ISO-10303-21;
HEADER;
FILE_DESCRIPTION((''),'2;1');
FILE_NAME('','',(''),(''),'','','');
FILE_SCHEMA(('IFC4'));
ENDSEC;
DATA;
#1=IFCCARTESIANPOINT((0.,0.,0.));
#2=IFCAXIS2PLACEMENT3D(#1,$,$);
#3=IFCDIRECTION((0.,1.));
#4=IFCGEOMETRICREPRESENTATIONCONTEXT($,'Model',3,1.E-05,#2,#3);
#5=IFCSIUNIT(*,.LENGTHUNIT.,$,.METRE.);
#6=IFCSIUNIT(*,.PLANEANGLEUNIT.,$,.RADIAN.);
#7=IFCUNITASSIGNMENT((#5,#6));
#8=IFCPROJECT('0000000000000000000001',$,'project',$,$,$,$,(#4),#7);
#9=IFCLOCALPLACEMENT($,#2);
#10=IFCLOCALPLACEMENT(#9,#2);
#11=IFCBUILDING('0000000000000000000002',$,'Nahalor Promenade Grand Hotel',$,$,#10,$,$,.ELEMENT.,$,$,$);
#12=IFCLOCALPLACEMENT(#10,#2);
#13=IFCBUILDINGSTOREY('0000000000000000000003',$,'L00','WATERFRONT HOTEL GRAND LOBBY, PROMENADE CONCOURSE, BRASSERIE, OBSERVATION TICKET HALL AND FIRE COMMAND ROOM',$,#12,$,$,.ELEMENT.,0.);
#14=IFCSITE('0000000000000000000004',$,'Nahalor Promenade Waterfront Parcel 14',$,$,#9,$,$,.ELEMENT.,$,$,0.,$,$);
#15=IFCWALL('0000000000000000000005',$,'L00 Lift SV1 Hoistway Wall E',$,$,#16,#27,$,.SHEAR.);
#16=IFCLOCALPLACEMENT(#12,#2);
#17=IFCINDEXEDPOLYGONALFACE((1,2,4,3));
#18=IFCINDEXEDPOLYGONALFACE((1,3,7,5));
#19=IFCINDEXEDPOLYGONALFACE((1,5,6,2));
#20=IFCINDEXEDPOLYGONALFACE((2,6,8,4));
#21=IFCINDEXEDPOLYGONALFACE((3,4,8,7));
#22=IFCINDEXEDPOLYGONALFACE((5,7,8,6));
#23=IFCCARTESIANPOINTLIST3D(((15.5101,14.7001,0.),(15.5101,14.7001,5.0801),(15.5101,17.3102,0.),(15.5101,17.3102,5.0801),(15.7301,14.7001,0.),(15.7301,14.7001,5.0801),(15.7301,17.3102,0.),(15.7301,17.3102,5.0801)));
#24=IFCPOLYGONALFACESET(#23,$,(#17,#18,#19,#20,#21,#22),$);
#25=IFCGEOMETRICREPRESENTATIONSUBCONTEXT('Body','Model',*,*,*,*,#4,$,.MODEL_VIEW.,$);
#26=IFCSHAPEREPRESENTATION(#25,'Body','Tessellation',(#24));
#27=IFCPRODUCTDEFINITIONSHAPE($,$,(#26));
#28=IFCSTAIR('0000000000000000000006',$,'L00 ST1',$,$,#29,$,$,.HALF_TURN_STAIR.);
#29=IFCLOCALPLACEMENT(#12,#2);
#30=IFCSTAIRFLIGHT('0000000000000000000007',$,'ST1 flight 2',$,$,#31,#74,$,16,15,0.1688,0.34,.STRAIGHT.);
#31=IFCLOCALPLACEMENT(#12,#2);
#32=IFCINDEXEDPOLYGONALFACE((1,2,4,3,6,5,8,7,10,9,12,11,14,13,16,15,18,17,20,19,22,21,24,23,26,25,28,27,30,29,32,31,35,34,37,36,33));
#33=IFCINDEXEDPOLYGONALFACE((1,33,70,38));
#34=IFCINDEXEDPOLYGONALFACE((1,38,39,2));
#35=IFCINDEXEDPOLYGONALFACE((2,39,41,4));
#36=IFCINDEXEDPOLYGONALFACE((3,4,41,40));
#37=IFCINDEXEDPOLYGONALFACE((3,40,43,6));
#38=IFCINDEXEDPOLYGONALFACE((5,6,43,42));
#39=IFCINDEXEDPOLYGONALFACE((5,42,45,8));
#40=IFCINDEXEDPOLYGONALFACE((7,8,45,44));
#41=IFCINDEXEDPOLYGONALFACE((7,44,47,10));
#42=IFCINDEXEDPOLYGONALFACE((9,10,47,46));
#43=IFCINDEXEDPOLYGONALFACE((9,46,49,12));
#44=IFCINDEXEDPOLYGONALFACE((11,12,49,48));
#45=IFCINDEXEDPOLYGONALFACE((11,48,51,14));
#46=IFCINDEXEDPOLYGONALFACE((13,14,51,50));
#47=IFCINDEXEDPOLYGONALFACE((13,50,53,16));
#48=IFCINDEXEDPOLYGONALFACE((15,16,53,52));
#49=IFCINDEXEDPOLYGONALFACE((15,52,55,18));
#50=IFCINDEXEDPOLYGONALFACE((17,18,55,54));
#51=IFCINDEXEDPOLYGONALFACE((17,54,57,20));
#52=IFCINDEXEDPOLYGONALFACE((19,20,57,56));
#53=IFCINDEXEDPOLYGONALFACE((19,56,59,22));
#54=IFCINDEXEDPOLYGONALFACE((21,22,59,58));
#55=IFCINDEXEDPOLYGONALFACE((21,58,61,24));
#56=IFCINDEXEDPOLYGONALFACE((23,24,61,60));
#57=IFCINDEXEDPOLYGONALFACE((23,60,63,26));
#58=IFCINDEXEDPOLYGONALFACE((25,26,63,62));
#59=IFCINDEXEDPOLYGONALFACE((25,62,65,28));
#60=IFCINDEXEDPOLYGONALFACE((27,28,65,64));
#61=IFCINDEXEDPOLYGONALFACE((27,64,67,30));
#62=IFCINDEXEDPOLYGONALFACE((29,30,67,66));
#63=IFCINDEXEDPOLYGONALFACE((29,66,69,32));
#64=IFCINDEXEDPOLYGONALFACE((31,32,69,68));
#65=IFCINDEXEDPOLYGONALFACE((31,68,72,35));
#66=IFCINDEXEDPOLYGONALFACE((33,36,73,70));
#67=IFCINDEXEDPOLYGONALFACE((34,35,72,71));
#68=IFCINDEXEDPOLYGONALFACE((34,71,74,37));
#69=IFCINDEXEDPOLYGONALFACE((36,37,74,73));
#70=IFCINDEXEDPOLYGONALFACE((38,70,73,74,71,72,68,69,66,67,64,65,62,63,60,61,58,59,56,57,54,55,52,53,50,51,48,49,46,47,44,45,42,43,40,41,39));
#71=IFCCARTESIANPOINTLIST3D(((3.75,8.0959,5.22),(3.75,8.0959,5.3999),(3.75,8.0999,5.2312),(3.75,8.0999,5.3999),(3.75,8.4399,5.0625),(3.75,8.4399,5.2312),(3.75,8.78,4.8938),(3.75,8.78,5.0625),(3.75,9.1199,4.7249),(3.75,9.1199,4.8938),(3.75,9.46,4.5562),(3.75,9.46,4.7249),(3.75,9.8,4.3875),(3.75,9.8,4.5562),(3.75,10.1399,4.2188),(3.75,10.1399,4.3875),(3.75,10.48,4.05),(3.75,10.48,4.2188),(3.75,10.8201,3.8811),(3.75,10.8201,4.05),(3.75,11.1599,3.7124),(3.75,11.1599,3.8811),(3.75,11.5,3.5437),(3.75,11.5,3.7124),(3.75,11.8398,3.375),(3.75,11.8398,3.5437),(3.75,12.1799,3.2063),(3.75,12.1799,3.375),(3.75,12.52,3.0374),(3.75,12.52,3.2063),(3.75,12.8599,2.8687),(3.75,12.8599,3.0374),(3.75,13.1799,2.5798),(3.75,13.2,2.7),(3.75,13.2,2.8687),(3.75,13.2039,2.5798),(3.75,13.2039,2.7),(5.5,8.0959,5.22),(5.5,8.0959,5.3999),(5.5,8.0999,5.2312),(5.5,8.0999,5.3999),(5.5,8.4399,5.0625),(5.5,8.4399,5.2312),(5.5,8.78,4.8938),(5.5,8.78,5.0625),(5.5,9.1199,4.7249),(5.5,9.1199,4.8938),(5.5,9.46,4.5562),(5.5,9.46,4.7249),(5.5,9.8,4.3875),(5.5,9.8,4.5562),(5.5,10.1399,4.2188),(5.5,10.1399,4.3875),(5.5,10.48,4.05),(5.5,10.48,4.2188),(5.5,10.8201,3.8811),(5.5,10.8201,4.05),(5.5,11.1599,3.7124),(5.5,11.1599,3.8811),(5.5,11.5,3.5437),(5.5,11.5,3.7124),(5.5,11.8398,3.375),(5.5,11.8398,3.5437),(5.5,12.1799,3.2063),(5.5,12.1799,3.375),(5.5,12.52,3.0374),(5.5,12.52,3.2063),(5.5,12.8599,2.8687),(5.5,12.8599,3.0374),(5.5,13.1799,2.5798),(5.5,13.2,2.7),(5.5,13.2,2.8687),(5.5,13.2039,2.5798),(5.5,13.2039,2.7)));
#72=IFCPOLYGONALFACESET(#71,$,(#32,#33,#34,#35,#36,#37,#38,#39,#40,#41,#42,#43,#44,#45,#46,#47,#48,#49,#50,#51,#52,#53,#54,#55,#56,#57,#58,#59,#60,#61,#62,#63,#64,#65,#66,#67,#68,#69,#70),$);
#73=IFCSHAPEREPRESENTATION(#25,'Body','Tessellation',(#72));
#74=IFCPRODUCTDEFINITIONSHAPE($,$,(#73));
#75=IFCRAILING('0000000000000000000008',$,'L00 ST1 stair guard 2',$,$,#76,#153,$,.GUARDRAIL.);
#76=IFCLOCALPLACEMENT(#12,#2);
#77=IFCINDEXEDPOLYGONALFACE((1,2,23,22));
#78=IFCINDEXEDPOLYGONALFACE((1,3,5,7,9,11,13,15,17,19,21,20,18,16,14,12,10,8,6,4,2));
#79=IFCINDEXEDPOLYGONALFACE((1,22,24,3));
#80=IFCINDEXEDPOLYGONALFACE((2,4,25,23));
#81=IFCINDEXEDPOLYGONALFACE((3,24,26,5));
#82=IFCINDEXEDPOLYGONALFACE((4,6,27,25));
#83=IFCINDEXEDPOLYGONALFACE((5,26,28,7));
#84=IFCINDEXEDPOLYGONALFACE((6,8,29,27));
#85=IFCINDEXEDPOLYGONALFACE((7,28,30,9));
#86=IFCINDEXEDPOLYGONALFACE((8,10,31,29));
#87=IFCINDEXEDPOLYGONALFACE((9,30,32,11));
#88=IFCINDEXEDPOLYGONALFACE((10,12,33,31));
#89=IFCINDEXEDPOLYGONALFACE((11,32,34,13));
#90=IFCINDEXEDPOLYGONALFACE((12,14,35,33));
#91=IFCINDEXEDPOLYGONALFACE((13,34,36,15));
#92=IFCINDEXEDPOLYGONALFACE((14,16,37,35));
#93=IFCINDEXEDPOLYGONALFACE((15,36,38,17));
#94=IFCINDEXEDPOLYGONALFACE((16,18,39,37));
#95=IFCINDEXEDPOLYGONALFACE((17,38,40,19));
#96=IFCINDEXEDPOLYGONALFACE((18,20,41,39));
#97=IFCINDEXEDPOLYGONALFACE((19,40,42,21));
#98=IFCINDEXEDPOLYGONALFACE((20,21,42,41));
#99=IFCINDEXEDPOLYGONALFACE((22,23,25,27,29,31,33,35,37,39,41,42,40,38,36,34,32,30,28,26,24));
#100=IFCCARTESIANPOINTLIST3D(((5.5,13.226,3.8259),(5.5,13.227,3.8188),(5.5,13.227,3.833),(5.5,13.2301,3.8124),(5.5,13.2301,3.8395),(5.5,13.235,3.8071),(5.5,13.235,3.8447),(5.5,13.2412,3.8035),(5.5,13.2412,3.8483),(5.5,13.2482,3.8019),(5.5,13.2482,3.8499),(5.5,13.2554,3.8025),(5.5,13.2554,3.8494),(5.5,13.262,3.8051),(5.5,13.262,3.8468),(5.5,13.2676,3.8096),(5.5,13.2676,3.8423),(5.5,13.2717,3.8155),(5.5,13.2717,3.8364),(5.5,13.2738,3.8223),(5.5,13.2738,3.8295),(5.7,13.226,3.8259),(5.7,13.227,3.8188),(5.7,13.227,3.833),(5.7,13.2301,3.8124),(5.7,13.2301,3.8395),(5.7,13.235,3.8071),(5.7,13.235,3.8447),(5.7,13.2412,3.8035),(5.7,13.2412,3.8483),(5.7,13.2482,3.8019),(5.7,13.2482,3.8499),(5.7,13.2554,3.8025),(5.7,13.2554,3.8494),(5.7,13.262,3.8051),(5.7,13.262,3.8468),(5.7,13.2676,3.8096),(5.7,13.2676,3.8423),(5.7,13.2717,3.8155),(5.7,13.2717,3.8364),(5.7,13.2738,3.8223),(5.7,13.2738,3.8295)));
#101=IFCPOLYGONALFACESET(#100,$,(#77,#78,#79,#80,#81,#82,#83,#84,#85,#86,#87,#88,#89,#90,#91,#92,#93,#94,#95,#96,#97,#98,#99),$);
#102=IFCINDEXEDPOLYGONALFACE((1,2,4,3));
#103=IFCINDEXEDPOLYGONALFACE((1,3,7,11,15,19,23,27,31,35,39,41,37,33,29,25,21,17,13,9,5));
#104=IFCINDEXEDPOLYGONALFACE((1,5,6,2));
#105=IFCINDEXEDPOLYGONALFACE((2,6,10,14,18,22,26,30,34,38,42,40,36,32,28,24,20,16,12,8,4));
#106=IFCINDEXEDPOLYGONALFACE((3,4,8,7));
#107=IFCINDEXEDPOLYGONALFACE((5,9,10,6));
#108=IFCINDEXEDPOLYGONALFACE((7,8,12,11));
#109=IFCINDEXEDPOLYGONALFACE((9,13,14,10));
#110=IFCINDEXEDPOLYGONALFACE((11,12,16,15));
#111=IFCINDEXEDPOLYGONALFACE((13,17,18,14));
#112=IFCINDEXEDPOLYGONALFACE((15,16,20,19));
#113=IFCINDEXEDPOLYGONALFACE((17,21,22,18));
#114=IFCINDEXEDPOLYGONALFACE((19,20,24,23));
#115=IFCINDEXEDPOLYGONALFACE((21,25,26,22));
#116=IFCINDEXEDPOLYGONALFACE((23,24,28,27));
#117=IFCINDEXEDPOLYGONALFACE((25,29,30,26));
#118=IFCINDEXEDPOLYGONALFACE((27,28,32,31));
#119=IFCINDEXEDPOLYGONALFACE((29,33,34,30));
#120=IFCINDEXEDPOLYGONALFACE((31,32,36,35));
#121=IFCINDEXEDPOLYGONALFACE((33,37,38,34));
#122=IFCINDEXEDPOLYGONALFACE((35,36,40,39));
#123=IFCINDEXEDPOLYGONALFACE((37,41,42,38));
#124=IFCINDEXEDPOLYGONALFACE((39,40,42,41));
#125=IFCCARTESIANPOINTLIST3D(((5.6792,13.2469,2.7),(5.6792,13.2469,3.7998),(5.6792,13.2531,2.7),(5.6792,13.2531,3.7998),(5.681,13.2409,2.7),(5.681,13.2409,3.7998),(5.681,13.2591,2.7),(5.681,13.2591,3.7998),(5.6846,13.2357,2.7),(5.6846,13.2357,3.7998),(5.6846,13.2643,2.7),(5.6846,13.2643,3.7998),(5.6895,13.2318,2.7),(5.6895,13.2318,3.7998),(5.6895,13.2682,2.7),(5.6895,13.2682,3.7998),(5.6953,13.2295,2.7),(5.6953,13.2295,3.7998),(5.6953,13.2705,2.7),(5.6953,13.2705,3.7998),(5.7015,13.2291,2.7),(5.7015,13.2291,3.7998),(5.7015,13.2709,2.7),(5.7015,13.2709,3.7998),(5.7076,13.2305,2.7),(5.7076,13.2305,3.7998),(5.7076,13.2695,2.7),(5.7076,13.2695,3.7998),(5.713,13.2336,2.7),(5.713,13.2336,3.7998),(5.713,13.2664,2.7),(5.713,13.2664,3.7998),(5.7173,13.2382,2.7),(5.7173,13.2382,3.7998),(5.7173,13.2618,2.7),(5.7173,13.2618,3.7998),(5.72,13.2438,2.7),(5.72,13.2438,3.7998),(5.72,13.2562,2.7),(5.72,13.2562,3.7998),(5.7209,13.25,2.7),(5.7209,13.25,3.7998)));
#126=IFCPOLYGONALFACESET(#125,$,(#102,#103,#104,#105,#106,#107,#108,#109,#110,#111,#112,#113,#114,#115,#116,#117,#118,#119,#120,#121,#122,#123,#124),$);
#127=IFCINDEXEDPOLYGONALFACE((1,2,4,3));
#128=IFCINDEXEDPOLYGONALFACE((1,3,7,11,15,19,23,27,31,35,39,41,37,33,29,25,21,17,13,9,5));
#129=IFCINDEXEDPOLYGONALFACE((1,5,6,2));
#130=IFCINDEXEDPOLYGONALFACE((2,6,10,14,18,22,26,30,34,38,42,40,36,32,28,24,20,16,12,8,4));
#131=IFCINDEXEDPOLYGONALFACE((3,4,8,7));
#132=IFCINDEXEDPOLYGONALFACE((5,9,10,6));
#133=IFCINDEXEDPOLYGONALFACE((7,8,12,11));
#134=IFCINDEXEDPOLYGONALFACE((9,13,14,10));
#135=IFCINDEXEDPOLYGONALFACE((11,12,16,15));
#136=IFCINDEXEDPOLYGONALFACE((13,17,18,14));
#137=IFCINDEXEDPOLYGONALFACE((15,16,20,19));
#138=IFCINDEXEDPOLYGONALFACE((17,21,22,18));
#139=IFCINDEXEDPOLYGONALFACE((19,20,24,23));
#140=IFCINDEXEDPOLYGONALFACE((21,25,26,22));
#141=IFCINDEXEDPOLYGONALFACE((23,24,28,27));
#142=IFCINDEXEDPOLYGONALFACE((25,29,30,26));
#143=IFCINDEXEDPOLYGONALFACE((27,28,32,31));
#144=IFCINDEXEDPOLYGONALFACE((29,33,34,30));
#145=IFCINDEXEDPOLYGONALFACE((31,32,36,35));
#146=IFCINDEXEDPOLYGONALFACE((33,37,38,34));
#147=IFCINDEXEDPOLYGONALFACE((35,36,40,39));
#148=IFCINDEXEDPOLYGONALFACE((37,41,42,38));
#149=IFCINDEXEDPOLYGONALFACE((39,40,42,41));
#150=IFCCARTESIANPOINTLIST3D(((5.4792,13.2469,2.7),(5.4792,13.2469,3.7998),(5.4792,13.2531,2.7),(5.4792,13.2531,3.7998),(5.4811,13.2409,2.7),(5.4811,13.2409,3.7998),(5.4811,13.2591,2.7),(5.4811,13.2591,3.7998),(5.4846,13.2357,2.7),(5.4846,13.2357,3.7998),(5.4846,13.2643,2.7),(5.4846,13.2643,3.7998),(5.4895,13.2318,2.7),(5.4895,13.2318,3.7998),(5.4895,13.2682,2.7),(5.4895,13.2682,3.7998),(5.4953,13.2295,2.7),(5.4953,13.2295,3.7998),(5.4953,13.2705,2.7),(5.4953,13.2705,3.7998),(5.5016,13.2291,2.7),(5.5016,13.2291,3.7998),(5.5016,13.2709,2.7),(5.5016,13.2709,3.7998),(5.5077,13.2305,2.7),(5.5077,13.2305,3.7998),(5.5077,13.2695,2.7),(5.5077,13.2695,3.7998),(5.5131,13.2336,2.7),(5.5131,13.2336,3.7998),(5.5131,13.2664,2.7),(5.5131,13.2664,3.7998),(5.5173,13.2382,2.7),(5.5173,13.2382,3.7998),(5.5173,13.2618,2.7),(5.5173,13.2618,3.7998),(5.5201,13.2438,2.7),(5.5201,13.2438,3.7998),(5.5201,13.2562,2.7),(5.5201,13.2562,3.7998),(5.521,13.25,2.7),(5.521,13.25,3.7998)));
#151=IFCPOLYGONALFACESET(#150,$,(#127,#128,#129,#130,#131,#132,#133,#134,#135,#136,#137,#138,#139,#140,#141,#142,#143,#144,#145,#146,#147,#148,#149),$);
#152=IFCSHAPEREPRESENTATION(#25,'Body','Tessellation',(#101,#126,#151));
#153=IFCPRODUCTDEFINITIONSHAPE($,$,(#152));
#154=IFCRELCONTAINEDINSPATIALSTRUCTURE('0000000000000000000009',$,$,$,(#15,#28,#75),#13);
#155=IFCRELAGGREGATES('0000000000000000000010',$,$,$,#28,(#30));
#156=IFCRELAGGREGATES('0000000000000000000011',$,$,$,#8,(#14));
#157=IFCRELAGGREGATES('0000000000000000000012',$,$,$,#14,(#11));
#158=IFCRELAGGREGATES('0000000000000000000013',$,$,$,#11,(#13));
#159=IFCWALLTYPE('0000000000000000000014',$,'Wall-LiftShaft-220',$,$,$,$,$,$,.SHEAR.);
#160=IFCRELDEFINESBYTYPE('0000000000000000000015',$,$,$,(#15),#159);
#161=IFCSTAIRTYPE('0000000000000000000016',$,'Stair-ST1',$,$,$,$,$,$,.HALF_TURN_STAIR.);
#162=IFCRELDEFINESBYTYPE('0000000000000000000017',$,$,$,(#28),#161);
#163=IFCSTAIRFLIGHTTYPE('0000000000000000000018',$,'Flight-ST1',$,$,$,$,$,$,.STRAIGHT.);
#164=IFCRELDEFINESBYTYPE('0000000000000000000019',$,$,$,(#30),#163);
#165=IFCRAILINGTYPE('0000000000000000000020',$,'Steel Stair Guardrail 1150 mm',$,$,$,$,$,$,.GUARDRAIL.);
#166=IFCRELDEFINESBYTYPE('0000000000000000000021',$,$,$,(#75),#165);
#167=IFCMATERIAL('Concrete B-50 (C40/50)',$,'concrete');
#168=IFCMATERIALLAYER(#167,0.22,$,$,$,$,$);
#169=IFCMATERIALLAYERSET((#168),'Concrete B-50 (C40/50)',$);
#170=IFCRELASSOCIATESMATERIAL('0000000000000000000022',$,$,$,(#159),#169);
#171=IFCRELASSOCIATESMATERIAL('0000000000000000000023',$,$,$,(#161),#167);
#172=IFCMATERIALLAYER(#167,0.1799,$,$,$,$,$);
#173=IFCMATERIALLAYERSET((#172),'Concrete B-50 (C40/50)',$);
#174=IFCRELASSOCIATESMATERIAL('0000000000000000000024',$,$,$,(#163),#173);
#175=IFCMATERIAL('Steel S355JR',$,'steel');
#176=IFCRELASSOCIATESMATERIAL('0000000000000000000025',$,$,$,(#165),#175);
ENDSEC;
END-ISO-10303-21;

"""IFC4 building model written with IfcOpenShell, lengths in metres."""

from ifc_helpers import new_model, si_unit, direction, frame, frame_2d, origin, origin_2d, place, context, subcontext, project, spatial, polyline, rectangle, circle, outline, extrude, source, transform, mapped, material, layer, layer_set, type_object, element, aggregate, save


model = new_model("IFC4")

# Units and contexts
model_context = context("Model", 3, precision=1e-05, world=origin(), true_north=direction((0.0, 1.0)))
body_context = subcontext(model_context, "Body", "Model", "MODEL_VIEW")
ifc_project = project(units=[si_unit("LENGTHUNIT", "METRE"), si_unit("PLANEANGLEUNIT", "RADIAN")], contexts=[model_context])

# Site, building, storey
site_placement = place(None, origin())
site = spatial("IfcSite", under=ifc_project, at=site_placement, Name="Nahalor Promenade Waterfront Parcel 14", CompositionType="ELEMENT", RefElevation=0.0)
building_placement = place(site_placement, origin())
building = spatial("IfcBuilding", under=site, at=building_placement, Name="Nahalor Promenade Grand Hotel", CompositionType="ELEMENT")
storey_placement = place(building_placement, origin())
storey = spatial("IfcBuildingStorey", under=building, at=storey_placement, Name="L00", Description="WATERFRONT HOTEL GRAND LOBBY, PROMENADE CONCOURSE, BRASSERIE, OBSERVATION TICKET HALL AND FIRE COMMAND ROOM", CompositionType="ELEMENT", Elevation=0.0)

# Shared definitions
ifc_material_1 = material(Name="Concrete B-50 (C40/50)", Category="concrete")
ifc_layer_1 = layer(ifc_material_1, 0.22)
ifc_layer_set_1 = layer_set([ifc_layer_1], Name="Concrete B-50 (C40/50)")
wall_type = type_object("IfcWallType", Name="Wall-LiftShaft-220", PredefinedType="SHEAR", material=ifc_layer_set_1)

# Shared definitions
ifc_material_2 = material(Name="Steel S355JR", Category="steel")

# Shared definitions
shared_shape_1 = source(origin(), body_context, "Body", "SweptSolid", [
    extrude(rectangle(XDim=2.6101, YDim=0.22, at=frame_2d((1.3052, 0.0))), origin(), (0.0, 0.0, 1.0), 5.0801),
])

# Wall
wall_1_placement = place(storey_placement, frame((15.6201, 14.7, 0.0), z_axis=(0.0, 0.0, 1.0), x_axis=(0.0, 1.0, 0.0)))
element("IfcWall", 1, at=wall_1_placement, inside=storey, type_object=wall_type, Name="L00 Lift SV1 Hoistway Wall E", PredefinedType="SHEAR", context=body_context, shape_type="MappedRepresentation", body=[
    mapped(shared_shape_1, transform((0.0, 0.0, 0.0), scale=1.0)),
])

# Stair, stair flight
stair_type = type_object("IfcStairType", Name="Stair-ST1", PredefinedType="HALF_TURN_STAIR", material=ifc_material_1)
stair_placement = place(storey_placement, origin())
stair = element("IfcStair", 2, at=stair_placement, inside=storey, type_object=stair_type, Name="L00 ST1", PredefinedType="HALF_TURN_STAIR")
ifc_layer_2 = layer(ifc_material_1, 0.1799)
ifc_layer_set_2 = layer_set([ifc_layer_2], Name="Concrete B-50 (C40/50)")
stair_flight_type = type_object("IfcStairFlightType", Name="Flight-ST1", PredefinedType="STRAIGHT", material=ifc_layer_set_2)
shared_shape_2 = source(origin(), body_context, "Body", "SweptSolid", [
    extrude(outline(polyline([(-0.0039, -0.1201), (-0.0039, 0.0), (0.0, 0.0), (0.0, 0.1687), (0.3401, 0.1687), (0.3401, 0.3374), (0.6799, 0.3374), (0.6799, 0.5063), (1.02, 0.5063), (1.02, 0.675), (1.3601, 0.675), (1.3601, 0.8438), (1.7, 0.8438), (1.7, 1.0125), (2.04, 1.0125), (2.04, 1.1812), (2.3799, 1.1812), (2.3799, 1.3501), (2.72, 1.3501), (2.72, 1.5188), (3.0601, 1.5188), (3.0601, 1.6875), (3.3999, 1.6875), (3.3999, 1.8562), (3.74, 1.8562), (3.74, 2.0249), (4.0801, 2.0249), (4.0801, 2.1938), (4.4199, 2.1938), (4.4199, 2.3625), (4.76, 2.3625), (4.76, 2.5312), (5.1001, 2.5312), (5.1001, 2.7), (5.104, 2.7), (5.104, 2.52), (0.02, -0.1201), (-0.0039, -0.1201)])), frame((0.0, 0.875, 0.0), z_axis=(0.0, -1.0, 0.0), x_axis=(1.0, 0.0, 0.0)), (0.0, 0.0, 1.0), 1.75),
])
stair_flight_placement = place(storey_placement, frame((4.625, 13.2, 2.7), z_axis=(0.0, 0.0, 1.0), x_axis=(0.0, -1.0, 0.0)))
stair_flight = element("IfcStairFlight", 3, at=stair_flight_placement, type_object=stair_flight_type, Name="ST1 flight 2", NumberOfRisers=16, NumberOfTreads=15, PredefinedType="STRAIGHT", RiserHeight=0.1688, TreadLength=0.34, context=body_context, shape_type="MappedRepresentation", body=[
    mapped(shared_shape_2, transform((0.0, 0.0, 0.0), scale=1.0)),
])
aggregate(stair, [stair_flight])

# Railing
railing_type = type_object("IfcRailingType", Name="Steel Stair Guardrail 1150 mm", PredefinedType="GUARDRAIL", material=ifc_material_2)
railing_1_placement = place(storey_placement, frame((5.7, 13.25, 2.7)))
element("IfcRailing", 4, at=railing_1_placement, inside=storey, type_object=railing_type, Name="L00 ST1 stair guard 2", PredefinedType="GUARDRAIL", context=body_context, shape_type="SweptSolid", body=[
    extrude(circle(Radius=0.024, at=origin_2d()), frame((0.0, 0.0, 1.126), z_axis=(-1.0, 0.0, 0.0), x_axis=(0.0, -1.0, 0.0)), (0.0, 0.0, 1.0), 0.2),
    extrude(circle(Radius=0.021, at=origin_2d()), origin(), (0.0, 0.0, 1.0), 1.0999),
    extrude(circle(Radius=0.021, at=origin_2d()), frame((-0.2, 0.0, 0.0)), (0.0, 0.0, 1.0), 1.0999),
])

save(model, "model.ifc")
